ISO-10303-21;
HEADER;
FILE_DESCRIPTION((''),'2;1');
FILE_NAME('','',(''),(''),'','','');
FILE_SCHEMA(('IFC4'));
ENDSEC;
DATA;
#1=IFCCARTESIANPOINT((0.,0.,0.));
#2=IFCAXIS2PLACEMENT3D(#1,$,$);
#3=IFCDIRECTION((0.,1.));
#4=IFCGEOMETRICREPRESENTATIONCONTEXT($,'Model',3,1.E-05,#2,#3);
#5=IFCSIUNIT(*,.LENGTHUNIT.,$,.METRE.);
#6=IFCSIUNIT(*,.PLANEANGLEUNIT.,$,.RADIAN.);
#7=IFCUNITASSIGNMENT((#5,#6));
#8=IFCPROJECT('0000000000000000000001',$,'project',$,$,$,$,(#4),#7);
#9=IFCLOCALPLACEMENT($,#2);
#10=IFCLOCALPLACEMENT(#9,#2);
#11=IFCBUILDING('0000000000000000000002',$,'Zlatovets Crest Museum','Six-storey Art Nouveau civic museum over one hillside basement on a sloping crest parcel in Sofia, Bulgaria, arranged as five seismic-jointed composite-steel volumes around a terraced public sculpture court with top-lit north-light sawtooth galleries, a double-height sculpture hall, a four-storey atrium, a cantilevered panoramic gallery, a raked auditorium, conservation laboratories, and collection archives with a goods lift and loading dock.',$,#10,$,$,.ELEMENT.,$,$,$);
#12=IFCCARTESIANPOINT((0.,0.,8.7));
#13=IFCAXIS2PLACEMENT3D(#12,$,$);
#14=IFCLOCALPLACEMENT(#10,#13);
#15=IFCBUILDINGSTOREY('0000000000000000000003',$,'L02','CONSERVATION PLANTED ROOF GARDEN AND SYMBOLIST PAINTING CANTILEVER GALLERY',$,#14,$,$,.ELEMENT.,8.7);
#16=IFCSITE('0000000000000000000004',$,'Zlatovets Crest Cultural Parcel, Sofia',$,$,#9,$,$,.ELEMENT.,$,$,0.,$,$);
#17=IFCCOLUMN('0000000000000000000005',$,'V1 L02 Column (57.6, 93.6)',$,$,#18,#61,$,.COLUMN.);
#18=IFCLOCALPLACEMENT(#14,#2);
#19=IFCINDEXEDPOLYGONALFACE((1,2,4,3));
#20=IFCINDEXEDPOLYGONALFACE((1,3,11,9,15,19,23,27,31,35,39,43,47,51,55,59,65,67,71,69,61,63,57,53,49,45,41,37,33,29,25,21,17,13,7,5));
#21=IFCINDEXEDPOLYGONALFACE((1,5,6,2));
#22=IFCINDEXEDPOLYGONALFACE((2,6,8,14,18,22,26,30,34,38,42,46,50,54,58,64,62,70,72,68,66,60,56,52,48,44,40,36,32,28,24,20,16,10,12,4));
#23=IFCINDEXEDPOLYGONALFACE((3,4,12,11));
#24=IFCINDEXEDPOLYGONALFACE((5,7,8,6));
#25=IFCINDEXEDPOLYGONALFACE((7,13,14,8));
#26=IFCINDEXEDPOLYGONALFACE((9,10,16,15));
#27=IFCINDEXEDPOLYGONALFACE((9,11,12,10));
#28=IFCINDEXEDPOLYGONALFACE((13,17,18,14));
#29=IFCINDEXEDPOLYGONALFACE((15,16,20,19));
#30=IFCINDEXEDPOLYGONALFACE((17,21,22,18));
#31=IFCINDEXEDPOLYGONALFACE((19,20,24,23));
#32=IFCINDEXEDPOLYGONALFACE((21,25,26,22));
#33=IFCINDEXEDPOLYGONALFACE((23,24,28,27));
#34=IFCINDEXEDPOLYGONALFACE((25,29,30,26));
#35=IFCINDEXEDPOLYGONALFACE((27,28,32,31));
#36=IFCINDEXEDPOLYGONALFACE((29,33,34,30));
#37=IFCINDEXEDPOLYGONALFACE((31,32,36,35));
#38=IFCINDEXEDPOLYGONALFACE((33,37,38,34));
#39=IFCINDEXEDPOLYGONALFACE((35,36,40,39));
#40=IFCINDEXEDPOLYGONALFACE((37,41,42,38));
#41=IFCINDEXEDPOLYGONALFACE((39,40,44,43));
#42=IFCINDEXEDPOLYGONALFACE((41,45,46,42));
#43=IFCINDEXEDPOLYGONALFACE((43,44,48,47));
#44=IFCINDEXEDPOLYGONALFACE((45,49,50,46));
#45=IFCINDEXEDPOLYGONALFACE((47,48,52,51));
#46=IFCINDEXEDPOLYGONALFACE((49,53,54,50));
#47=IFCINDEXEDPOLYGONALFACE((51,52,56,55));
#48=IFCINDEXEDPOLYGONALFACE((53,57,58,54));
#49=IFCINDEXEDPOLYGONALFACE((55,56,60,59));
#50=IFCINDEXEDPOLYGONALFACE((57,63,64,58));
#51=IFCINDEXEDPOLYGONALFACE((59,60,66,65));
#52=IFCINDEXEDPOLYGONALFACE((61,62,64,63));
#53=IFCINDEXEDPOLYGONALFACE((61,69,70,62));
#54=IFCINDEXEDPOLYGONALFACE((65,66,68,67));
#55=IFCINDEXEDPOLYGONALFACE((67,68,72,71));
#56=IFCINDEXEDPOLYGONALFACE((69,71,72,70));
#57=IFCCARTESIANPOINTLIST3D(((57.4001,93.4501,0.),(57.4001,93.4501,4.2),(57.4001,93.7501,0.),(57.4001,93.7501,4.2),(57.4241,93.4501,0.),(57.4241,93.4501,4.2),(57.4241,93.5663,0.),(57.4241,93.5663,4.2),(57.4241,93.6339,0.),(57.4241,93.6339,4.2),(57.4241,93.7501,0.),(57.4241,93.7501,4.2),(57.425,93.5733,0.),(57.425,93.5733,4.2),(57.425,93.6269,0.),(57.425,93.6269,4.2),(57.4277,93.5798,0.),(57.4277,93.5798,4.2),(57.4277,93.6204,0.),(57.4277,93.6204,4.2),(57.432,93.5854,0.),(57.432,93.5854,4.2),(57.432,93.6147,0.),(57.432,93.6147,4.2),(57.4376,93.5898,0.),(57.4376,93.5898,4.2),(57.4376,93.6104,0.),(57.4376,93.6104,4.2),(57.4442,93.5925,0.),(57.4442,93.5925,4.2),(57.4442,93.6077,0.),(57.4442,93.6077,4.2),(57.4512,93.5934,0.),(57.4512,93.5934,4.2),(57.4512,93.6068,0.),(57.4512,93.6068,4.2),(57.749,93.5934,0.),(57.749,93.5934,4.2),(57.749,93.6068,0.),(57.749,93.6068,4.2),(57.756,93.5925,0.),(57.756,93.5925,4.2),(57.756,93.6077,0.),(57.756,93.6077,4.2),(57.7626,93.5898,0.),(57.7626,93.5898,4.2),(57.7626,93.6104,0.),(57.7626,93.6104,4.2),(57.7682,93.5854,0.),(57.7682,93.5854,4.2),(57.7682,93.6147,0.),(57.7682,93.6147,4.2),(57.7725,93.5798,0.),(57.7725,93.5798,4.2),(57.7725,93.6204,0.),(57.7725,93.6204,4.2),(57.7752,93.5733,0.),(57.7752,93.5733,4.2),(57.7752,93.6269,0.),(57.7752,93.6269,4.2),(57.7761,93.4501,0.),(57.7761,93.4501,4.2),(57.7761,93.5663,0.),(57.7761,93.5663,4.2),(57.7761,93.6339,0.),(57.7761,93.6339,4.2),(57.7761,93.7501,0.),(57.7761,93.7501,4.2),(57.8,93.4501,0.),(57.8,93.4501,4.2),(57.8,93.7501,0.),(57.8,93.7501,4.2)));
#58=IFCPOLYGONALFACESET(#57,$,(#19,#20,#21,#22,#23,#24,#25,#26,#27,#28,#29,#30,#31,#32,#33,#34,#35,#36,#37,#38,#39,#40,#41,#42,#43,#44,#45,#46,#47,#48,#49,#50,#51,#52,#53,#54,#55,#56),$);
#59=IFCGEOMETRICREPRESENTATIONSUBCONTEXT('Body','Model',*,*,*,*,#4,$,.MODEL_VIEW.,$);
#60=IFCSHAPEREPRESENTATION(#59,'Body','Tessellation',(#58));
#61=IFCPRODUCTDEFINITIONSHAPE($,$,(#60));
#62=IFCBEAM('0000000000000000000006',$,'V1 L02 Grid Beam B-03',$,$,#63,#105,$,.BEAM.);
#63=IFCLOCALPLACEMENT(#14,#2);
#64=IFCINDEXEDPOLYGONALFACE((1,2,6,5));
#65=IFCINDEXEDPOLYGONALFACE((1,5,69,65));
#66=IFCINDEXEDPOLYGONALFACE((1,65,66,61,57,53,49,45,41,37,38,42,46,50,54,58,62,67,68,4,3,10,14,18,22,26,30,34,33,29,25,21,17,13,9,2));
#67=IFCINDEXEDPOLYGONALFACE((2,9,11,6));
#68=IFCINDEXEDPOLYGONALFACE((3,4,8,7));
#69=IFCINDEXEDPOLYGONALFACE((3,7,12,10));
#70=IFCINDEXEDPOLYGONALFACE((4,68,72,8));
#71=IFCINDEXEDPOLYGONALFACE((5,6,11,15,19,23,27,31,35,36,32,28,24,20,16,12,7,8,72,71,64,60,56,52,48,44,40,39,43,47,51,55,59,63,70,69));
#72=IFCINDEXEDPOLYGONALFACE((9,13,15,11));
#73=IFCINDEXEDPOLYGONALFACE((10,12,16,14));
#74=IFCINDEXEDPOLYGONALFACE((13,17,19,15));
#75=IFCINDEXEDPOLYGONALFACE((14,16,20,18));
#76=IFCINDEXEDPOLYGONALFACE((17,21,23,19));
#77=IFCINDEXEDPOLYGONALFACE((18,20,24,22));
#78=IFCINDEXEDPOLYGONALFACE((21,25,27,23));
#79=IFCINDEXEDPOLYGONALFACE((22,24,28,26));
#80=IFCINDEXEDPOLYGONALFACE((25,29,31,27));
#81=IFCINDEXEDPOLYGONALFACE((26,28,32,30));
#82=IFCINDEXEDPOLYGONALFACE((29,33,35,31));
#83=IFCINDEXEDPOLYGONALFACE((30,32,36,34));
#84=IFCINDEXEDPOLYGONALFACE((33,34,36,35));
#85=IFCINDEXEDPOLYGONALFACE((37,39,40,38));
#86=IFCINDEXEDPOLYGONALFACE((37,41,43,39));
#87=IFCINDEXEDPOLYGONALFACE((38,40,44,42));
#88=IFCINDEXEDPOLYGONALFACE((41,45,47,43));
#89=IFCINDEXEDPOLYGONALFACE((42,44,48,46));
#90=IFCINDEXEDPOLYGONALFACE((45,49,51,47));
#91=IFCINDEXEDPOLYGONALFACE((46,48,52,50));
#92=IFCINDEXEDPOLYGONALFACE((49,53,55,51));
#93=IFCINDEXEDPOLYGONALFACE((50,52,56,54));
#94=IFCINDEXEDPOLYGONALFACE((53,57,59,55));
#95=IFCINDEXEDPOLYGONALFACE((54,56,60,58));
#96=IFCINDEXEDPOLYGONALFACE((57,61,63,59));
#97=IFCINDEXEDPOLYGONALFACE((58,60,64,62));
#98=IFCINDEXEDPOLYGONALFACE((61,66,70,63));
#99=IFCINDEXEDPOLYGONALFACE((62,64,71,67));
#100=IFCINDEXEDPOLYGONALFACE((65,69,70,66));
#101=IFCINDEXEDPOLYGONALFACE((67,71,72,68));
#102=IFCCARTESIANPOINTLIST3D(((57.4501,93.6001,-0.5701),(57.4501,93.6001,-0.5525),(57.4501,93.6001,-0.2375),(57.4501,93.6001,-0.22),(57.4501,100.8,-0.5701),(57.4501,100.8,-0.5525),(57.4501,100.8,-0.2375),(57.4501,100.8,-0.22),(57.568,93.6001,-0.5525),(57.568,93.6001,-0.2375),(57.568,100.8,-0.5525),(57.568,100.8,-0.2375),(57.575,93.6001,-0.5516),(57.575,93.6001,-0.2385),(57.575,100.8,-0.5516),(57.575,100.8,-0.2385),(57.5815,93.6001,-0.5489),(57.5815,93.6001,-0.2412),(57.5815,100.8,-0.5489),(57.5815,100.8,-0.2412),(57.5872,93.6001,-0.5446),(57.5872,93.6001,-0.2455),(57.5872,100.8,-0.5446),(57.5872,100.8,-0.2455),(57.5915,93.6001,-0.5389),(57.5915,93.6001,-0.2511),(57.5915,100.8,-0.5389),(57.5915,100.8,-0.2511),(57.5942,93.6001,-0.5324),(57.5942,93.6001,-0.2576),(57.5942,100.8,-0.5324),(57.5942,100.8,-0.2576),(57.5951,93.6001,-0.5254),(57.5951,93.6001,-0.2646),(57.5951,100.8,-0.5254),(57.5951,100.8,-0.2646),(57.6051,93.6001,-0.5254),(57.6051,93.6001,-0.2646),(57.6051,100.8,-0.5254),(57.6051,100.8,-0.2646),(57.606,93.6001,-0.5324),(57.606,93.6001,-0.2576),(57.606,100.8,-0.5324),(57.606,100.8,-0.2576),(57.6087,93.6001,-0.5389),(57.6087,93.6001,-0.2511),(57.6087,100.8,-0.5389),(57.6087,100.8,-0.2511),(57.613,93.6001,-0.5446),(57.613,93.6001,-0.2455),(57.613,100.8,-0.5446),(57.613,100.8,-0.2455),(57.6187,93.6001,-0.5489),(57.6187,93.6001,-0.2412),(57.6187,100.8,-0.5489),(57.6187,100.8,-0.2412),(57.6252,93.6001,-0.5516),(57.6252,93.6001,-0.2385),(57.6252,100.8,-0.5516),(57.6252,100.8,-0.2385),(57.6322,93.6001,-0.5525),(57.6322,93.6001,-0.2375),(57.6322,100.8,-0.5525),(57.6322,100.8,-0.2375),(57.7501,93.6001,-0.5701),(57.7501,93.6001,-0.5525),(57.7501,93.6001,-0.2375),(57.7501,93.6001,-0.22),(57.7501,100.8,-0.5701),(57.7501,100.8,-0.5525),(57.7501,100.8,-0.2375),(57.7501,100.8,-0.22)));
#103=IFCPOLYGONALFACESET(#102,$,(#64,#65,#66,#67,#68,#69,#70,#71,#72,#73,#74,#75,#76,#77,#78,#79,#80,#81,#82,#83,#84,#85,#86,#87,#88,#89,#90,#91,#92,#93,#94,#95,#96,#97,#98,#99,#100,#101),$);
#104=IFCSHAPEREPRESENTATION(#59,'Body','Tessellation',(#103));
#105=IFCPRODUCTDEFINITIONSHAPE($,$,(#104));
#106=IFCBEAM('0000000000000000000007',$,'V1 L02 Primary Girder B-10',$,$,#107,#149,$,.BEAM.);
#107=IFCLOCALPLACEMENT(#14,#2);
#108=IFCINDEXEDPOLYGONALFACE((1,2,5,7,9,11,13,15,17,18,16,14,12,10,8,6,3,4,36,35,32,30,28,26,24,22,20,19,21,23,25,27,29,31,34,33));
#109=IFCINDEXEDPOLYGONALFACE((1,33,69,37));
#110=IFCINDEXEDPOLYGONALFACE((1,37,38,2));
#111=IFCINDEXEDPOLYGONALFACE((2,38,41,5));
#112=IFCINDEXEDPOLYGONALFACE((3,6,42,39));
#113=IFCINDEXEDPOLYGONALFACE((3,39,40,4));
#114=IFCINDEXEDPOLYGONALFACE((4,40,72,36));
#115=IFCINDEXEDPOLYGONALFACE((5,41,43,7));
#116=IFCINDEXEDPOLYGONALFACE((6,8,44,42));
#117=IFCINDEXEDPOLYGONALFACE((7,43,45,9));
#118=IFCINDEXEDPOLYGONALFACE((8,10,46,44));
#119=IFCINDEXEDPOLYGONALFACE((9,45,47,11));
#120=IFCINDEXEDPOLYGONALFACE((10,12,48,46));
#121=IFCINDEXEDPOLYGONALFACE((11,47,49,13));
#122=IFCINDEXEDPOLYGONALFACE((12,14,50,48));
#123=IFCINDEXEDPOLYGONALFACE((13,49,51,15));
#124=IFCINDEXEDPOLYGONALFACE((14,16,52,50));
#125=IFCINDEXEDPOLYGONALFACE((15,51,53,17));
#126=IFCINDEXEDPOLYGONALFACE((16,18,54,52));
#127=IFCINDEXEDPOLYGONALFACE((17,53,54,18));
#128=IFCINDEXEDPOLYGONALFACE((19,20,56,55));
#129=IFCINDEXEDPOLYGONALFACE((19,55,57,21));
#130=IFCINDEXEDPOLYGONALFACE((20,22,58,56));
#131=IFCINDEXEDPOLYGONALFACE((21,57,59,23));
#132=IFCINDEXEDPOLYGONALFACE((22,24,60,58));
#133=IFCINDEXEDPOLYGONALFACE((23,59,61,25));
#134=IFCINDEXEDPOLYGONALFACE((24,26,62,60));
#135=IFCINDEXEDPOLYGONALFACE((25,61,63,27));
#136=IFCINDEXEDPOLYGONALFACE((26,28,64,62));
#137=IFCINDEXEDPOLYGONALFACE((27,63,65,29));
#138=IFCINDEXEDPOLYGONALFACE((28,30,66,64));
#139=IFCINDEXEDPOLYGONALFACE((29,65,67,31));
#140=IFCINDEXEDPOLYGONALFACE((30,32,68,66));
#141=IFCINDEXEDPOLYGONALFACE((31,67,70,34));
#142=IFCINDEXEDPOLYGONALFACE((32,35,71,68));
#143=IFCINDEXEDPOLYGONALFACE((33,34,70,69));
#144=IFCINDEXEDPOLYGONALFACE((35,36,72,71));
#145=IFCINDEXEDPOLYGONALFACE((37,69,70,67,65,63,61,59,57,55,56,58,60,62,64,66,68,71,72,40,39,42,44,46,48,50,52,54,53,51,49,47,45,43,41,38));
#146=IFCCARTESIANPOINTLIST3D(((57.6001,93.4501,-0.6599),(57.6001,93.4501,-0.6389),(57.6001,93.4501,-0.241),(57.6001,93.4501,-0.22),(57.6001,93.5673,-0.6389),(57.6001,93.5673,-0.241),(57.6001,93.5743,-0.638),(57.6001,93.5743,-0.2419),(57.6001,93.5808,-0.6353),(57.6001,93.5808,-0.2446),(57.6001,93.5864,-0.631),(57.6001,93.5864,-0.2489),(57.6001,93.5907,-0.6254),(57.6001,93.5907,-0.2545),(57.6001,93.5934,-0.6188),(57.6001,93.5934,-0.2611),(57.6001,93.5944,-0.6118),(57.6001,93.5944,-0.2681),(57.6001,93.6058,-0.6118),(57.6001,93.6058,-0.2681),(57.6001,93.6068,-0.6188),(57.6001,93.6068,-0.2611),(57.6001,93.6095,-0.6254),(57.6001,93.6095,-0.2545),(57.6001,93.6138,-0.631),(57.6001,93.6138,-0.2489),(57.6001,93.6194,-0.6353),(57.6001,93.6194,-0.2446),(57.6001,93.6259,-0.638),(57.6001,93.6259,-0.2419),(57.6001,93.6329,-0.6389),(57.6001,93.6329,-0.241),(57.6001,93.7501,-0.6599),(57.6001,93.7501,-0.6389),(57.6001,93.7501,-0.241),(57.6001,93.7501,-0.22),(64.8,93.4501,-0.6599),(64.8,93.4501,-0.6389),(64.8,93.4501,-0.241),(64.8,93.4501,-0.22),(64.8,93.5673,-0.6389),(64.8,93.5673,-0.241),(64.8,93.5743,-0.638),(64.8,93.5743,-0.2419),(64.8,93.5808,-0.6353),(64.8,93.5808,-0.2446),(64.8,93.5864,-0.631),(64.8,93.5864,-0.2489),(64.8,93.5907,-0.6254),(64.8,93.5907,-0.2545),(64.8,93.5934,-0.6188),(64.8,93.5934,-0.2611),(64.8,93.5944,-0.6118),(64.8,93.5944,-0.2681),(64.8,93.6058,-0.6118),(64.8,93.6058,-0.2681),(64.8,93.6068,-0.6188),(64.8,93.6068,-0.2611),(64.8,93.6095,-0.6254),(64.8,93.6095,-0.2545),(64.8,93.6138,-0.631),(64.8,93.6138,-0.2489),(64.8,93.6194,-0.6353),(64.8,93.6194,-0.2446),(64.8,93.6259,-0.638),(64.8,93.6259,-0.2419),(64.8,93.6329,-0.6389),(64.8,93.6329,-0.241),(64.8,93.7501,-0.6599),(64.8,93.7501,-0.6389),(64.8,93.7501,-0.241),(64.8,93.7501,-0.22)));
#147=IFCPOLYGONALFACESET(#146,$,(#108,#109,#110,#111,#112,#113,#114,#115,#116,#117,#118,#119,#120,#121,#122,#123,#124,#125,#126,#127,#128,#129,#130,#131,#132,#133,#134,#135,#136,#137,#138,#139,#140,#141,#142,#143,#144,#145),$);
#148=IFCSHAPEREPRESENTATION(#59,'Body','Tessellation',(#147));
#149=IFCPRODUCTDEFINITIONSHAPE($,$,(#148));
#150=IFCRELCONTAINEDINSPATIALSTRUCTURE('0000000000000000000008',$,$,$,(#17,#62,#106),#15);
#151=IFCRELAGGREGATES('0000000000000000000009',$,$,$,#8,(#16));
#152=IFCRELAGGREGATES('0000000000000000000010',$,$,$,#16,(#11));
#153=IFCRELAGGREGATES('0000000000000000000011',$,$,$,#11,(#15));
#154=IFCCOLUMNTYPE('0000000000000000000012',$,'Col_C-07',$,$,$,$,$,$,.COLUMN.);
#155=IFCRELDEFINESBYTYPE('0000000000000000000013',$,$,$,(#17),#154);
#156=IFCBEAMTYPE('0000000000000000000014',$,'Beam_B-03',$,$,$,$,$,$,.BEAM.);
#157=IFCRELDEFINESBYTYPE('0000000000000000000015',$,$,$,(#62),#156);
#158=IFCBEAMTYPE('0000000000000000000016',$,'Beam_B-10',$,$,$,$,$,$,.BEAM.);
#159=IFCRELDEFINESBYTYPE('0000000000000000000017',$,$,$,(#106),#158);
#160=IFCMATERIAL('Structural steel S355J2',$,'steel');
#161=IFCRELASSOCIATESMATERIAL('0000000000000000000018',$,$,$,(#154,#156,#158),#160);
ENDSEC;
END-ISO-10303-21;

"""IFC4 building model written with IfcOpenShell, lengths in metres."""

from ifc_helpers import new_model, si_unit, direction, frame, origin, origin_2d, place, context, subcontext, project, spatial, i_section, extrude, material, material_profile, profile_set, type_object, element, save


model = new_model("IFC4")

# Units and contexts
model_context = context("Model", 3, precision=1e-05, world=origin(), true_north=direction((0.0, 1.0)))
body_context = subcontext(model_context, "Body", "Model", "MODEL_VIEW")
ifc_project = project(units=[si_unit("LENGTHUNIT", "METRE"), si_unit("PLANEANGLEUNIT", "RADIAN")], contexts=[model_context])

# Site, building, storey
site_placement = place(None, origin())
site = spatial("IfcSite", under=ifc_project, at=site_placement, Name="Zlatovets Crest Cultural Parcel, Sofia", CompositionType="ELEMENT", RefElevation=0.0)
building_placement = place(site_placement, origin())
building = spatial("IfcBuilding", under=site, at=building_placement, Name="Zlatovets Crest Museum", Description="Six-storey Art Nouveau civic museum over one hillside basement on a sloping crest parcel in Sofia, Bulgaria, arranged as five seismic-jointed composite-steel volumes around a terraced public sculpture court with top-lit north-light sawtooth galleries, a double-height sculpture hall, a four-storey atrium, a cantilevered panoramic gallery, a raked auditorium, conservation laboratories, and collection archives with a goods lift and loading dock.", CompositionType="ELEMENT")
storey_placement = place(building_placement, frame((0.0, 0.0, 8.7)))
storey = spatial("IfcBuildingStorey", under=building, at=storey_placement, Name="L02", Description="CONSERVATION PLANTED ROOF GARDEN AND SYMBOLIST PAINTING CANTILEVER GALLERY", CompositionType="ELEMENT", Elevation=8.7)

# Column
ifc_material_1 = material(Name="Structural steel S355J2", Category="steel")
ifc_material_profile_1 = material_profile(ifc_material_1, i_section(OverallWidth=0.3, OverallDepth=0.3999, WebThickness=0.0134, FlangeThickness=0.0239, FilletRadius=0.0271, at=origin_2d()), Name="HEB 400")
ifc_profile_set_1 = profile_set([ifc_material_profile_1], Name="Structural steel S355J2")
column_type = type_object("IfcColumnType", Name="Col_C-07", PredefinedType="COLUMN", material=ifc_profile_set_1)
column_placement = place(storey_placement, frame((57.6001, 93.6001, 0.0), z_axis=(0.0, 0.0, 1.0), x_axis=(0.0, 1.0, 0.0)))
element("IfcColumn", 1, at=column_placement, inside=storey, type_object=column_type, Name="V1 L02 Column (57.6, 93.6)", PredefinedType="COLUMN", context=body_context, shape_type="SweptSolid", body=[
    extrude(i_section(OverallWidth=0.3, OverallDepth=0.3999, WebThickness=0.0134, FlangeThickness=0.0239, FilletRadius=0.0271, at=origin_2d()), origin(), (0.0, 0.0, 1.0), 4.2),
])

# Beams
ifc_material_profile_2 = material_profile(ifc_material_1, i_section(OverallWidth=0.3, OverallDepth=0.3501, WebThickness=0.01, FlangeThickness=0.0176, FilletRadius=0.0271, at=origin_2d()), Name="HEA 360")
ifc_profile_set_2 = profile_set([ifc_material_profile_2], Name="Structural steel S355J2")
beam_type_1 = type_object("IfcBeamType", Name="Beam_B-03", PredefinedType="BEAM", material=ifc_profile_set_2)
beam_1_placement = place(storey_placement, frame((57.6001, 93.6001, -0.395), z_axis=(0.0, 1.0, 0.0), x_axis=(-1.0, 0.0, 0.0)))
element("IfcBeam", 2, at=beam_1_placement, inside=storey, type_object=beam_type_1, Name="V1 L02 Grid Beam B-03", PredefinedType="BEAM", context=body_context, shape_type="SweptSolid", body=[
    extrude(i_section(OverallWidth=0.3, OverallDepth=0.3501, WebThickness=0.01, FlangeThickness=0.0176, FilletRadius=0.0271, at=origin_2d()), origin(), (0.0, 0.0, 1.0), 7.2),
])
ifc_material_profile_3 = material_profile(ifc_material_1, i_section(OverallWidth=0.3, OverallDepth=0.4399, WebThickness=0.0115, FlangeThickness=0.021, FilletRadius=0.0271, at=origin_2d()), Name="HEA 450")
ifc_profile_set_3 = profile_set([ifc_material_profile_3], Name="Structural steel S355J2")
beam_type_2 = type_object("IfcBeamType", Name="Beam_B-10", PredefinedType="BEAM", material=ifc_profile_set_3)
beam_2_placement = place(storey_placement, frame((57.6001, 93.6001, -0.4399), z_axis=(1.0, 0.0, 0.0), x_axis=(0.0, 1.0, 0.0)))
element("IfcBeam", 3, at=beam_2_placement, inside=storey, type_object=beam_type_2, Name="V1 L02 Primary Girder B-10", PredefinedType="BEAM", context=body_context, shape_type="SweptSolid", body=[
    extrude(i_section(OverallWidth=0.3, OverallDepth=0.4399, WebThickness=0.0115, FlangeThickness=0.021, FilletRadius=0.0271, at=origin_2d()), origin(), (0.0, 0.0, 1.0), 7.2),
])

save(model, "model.ifc")
